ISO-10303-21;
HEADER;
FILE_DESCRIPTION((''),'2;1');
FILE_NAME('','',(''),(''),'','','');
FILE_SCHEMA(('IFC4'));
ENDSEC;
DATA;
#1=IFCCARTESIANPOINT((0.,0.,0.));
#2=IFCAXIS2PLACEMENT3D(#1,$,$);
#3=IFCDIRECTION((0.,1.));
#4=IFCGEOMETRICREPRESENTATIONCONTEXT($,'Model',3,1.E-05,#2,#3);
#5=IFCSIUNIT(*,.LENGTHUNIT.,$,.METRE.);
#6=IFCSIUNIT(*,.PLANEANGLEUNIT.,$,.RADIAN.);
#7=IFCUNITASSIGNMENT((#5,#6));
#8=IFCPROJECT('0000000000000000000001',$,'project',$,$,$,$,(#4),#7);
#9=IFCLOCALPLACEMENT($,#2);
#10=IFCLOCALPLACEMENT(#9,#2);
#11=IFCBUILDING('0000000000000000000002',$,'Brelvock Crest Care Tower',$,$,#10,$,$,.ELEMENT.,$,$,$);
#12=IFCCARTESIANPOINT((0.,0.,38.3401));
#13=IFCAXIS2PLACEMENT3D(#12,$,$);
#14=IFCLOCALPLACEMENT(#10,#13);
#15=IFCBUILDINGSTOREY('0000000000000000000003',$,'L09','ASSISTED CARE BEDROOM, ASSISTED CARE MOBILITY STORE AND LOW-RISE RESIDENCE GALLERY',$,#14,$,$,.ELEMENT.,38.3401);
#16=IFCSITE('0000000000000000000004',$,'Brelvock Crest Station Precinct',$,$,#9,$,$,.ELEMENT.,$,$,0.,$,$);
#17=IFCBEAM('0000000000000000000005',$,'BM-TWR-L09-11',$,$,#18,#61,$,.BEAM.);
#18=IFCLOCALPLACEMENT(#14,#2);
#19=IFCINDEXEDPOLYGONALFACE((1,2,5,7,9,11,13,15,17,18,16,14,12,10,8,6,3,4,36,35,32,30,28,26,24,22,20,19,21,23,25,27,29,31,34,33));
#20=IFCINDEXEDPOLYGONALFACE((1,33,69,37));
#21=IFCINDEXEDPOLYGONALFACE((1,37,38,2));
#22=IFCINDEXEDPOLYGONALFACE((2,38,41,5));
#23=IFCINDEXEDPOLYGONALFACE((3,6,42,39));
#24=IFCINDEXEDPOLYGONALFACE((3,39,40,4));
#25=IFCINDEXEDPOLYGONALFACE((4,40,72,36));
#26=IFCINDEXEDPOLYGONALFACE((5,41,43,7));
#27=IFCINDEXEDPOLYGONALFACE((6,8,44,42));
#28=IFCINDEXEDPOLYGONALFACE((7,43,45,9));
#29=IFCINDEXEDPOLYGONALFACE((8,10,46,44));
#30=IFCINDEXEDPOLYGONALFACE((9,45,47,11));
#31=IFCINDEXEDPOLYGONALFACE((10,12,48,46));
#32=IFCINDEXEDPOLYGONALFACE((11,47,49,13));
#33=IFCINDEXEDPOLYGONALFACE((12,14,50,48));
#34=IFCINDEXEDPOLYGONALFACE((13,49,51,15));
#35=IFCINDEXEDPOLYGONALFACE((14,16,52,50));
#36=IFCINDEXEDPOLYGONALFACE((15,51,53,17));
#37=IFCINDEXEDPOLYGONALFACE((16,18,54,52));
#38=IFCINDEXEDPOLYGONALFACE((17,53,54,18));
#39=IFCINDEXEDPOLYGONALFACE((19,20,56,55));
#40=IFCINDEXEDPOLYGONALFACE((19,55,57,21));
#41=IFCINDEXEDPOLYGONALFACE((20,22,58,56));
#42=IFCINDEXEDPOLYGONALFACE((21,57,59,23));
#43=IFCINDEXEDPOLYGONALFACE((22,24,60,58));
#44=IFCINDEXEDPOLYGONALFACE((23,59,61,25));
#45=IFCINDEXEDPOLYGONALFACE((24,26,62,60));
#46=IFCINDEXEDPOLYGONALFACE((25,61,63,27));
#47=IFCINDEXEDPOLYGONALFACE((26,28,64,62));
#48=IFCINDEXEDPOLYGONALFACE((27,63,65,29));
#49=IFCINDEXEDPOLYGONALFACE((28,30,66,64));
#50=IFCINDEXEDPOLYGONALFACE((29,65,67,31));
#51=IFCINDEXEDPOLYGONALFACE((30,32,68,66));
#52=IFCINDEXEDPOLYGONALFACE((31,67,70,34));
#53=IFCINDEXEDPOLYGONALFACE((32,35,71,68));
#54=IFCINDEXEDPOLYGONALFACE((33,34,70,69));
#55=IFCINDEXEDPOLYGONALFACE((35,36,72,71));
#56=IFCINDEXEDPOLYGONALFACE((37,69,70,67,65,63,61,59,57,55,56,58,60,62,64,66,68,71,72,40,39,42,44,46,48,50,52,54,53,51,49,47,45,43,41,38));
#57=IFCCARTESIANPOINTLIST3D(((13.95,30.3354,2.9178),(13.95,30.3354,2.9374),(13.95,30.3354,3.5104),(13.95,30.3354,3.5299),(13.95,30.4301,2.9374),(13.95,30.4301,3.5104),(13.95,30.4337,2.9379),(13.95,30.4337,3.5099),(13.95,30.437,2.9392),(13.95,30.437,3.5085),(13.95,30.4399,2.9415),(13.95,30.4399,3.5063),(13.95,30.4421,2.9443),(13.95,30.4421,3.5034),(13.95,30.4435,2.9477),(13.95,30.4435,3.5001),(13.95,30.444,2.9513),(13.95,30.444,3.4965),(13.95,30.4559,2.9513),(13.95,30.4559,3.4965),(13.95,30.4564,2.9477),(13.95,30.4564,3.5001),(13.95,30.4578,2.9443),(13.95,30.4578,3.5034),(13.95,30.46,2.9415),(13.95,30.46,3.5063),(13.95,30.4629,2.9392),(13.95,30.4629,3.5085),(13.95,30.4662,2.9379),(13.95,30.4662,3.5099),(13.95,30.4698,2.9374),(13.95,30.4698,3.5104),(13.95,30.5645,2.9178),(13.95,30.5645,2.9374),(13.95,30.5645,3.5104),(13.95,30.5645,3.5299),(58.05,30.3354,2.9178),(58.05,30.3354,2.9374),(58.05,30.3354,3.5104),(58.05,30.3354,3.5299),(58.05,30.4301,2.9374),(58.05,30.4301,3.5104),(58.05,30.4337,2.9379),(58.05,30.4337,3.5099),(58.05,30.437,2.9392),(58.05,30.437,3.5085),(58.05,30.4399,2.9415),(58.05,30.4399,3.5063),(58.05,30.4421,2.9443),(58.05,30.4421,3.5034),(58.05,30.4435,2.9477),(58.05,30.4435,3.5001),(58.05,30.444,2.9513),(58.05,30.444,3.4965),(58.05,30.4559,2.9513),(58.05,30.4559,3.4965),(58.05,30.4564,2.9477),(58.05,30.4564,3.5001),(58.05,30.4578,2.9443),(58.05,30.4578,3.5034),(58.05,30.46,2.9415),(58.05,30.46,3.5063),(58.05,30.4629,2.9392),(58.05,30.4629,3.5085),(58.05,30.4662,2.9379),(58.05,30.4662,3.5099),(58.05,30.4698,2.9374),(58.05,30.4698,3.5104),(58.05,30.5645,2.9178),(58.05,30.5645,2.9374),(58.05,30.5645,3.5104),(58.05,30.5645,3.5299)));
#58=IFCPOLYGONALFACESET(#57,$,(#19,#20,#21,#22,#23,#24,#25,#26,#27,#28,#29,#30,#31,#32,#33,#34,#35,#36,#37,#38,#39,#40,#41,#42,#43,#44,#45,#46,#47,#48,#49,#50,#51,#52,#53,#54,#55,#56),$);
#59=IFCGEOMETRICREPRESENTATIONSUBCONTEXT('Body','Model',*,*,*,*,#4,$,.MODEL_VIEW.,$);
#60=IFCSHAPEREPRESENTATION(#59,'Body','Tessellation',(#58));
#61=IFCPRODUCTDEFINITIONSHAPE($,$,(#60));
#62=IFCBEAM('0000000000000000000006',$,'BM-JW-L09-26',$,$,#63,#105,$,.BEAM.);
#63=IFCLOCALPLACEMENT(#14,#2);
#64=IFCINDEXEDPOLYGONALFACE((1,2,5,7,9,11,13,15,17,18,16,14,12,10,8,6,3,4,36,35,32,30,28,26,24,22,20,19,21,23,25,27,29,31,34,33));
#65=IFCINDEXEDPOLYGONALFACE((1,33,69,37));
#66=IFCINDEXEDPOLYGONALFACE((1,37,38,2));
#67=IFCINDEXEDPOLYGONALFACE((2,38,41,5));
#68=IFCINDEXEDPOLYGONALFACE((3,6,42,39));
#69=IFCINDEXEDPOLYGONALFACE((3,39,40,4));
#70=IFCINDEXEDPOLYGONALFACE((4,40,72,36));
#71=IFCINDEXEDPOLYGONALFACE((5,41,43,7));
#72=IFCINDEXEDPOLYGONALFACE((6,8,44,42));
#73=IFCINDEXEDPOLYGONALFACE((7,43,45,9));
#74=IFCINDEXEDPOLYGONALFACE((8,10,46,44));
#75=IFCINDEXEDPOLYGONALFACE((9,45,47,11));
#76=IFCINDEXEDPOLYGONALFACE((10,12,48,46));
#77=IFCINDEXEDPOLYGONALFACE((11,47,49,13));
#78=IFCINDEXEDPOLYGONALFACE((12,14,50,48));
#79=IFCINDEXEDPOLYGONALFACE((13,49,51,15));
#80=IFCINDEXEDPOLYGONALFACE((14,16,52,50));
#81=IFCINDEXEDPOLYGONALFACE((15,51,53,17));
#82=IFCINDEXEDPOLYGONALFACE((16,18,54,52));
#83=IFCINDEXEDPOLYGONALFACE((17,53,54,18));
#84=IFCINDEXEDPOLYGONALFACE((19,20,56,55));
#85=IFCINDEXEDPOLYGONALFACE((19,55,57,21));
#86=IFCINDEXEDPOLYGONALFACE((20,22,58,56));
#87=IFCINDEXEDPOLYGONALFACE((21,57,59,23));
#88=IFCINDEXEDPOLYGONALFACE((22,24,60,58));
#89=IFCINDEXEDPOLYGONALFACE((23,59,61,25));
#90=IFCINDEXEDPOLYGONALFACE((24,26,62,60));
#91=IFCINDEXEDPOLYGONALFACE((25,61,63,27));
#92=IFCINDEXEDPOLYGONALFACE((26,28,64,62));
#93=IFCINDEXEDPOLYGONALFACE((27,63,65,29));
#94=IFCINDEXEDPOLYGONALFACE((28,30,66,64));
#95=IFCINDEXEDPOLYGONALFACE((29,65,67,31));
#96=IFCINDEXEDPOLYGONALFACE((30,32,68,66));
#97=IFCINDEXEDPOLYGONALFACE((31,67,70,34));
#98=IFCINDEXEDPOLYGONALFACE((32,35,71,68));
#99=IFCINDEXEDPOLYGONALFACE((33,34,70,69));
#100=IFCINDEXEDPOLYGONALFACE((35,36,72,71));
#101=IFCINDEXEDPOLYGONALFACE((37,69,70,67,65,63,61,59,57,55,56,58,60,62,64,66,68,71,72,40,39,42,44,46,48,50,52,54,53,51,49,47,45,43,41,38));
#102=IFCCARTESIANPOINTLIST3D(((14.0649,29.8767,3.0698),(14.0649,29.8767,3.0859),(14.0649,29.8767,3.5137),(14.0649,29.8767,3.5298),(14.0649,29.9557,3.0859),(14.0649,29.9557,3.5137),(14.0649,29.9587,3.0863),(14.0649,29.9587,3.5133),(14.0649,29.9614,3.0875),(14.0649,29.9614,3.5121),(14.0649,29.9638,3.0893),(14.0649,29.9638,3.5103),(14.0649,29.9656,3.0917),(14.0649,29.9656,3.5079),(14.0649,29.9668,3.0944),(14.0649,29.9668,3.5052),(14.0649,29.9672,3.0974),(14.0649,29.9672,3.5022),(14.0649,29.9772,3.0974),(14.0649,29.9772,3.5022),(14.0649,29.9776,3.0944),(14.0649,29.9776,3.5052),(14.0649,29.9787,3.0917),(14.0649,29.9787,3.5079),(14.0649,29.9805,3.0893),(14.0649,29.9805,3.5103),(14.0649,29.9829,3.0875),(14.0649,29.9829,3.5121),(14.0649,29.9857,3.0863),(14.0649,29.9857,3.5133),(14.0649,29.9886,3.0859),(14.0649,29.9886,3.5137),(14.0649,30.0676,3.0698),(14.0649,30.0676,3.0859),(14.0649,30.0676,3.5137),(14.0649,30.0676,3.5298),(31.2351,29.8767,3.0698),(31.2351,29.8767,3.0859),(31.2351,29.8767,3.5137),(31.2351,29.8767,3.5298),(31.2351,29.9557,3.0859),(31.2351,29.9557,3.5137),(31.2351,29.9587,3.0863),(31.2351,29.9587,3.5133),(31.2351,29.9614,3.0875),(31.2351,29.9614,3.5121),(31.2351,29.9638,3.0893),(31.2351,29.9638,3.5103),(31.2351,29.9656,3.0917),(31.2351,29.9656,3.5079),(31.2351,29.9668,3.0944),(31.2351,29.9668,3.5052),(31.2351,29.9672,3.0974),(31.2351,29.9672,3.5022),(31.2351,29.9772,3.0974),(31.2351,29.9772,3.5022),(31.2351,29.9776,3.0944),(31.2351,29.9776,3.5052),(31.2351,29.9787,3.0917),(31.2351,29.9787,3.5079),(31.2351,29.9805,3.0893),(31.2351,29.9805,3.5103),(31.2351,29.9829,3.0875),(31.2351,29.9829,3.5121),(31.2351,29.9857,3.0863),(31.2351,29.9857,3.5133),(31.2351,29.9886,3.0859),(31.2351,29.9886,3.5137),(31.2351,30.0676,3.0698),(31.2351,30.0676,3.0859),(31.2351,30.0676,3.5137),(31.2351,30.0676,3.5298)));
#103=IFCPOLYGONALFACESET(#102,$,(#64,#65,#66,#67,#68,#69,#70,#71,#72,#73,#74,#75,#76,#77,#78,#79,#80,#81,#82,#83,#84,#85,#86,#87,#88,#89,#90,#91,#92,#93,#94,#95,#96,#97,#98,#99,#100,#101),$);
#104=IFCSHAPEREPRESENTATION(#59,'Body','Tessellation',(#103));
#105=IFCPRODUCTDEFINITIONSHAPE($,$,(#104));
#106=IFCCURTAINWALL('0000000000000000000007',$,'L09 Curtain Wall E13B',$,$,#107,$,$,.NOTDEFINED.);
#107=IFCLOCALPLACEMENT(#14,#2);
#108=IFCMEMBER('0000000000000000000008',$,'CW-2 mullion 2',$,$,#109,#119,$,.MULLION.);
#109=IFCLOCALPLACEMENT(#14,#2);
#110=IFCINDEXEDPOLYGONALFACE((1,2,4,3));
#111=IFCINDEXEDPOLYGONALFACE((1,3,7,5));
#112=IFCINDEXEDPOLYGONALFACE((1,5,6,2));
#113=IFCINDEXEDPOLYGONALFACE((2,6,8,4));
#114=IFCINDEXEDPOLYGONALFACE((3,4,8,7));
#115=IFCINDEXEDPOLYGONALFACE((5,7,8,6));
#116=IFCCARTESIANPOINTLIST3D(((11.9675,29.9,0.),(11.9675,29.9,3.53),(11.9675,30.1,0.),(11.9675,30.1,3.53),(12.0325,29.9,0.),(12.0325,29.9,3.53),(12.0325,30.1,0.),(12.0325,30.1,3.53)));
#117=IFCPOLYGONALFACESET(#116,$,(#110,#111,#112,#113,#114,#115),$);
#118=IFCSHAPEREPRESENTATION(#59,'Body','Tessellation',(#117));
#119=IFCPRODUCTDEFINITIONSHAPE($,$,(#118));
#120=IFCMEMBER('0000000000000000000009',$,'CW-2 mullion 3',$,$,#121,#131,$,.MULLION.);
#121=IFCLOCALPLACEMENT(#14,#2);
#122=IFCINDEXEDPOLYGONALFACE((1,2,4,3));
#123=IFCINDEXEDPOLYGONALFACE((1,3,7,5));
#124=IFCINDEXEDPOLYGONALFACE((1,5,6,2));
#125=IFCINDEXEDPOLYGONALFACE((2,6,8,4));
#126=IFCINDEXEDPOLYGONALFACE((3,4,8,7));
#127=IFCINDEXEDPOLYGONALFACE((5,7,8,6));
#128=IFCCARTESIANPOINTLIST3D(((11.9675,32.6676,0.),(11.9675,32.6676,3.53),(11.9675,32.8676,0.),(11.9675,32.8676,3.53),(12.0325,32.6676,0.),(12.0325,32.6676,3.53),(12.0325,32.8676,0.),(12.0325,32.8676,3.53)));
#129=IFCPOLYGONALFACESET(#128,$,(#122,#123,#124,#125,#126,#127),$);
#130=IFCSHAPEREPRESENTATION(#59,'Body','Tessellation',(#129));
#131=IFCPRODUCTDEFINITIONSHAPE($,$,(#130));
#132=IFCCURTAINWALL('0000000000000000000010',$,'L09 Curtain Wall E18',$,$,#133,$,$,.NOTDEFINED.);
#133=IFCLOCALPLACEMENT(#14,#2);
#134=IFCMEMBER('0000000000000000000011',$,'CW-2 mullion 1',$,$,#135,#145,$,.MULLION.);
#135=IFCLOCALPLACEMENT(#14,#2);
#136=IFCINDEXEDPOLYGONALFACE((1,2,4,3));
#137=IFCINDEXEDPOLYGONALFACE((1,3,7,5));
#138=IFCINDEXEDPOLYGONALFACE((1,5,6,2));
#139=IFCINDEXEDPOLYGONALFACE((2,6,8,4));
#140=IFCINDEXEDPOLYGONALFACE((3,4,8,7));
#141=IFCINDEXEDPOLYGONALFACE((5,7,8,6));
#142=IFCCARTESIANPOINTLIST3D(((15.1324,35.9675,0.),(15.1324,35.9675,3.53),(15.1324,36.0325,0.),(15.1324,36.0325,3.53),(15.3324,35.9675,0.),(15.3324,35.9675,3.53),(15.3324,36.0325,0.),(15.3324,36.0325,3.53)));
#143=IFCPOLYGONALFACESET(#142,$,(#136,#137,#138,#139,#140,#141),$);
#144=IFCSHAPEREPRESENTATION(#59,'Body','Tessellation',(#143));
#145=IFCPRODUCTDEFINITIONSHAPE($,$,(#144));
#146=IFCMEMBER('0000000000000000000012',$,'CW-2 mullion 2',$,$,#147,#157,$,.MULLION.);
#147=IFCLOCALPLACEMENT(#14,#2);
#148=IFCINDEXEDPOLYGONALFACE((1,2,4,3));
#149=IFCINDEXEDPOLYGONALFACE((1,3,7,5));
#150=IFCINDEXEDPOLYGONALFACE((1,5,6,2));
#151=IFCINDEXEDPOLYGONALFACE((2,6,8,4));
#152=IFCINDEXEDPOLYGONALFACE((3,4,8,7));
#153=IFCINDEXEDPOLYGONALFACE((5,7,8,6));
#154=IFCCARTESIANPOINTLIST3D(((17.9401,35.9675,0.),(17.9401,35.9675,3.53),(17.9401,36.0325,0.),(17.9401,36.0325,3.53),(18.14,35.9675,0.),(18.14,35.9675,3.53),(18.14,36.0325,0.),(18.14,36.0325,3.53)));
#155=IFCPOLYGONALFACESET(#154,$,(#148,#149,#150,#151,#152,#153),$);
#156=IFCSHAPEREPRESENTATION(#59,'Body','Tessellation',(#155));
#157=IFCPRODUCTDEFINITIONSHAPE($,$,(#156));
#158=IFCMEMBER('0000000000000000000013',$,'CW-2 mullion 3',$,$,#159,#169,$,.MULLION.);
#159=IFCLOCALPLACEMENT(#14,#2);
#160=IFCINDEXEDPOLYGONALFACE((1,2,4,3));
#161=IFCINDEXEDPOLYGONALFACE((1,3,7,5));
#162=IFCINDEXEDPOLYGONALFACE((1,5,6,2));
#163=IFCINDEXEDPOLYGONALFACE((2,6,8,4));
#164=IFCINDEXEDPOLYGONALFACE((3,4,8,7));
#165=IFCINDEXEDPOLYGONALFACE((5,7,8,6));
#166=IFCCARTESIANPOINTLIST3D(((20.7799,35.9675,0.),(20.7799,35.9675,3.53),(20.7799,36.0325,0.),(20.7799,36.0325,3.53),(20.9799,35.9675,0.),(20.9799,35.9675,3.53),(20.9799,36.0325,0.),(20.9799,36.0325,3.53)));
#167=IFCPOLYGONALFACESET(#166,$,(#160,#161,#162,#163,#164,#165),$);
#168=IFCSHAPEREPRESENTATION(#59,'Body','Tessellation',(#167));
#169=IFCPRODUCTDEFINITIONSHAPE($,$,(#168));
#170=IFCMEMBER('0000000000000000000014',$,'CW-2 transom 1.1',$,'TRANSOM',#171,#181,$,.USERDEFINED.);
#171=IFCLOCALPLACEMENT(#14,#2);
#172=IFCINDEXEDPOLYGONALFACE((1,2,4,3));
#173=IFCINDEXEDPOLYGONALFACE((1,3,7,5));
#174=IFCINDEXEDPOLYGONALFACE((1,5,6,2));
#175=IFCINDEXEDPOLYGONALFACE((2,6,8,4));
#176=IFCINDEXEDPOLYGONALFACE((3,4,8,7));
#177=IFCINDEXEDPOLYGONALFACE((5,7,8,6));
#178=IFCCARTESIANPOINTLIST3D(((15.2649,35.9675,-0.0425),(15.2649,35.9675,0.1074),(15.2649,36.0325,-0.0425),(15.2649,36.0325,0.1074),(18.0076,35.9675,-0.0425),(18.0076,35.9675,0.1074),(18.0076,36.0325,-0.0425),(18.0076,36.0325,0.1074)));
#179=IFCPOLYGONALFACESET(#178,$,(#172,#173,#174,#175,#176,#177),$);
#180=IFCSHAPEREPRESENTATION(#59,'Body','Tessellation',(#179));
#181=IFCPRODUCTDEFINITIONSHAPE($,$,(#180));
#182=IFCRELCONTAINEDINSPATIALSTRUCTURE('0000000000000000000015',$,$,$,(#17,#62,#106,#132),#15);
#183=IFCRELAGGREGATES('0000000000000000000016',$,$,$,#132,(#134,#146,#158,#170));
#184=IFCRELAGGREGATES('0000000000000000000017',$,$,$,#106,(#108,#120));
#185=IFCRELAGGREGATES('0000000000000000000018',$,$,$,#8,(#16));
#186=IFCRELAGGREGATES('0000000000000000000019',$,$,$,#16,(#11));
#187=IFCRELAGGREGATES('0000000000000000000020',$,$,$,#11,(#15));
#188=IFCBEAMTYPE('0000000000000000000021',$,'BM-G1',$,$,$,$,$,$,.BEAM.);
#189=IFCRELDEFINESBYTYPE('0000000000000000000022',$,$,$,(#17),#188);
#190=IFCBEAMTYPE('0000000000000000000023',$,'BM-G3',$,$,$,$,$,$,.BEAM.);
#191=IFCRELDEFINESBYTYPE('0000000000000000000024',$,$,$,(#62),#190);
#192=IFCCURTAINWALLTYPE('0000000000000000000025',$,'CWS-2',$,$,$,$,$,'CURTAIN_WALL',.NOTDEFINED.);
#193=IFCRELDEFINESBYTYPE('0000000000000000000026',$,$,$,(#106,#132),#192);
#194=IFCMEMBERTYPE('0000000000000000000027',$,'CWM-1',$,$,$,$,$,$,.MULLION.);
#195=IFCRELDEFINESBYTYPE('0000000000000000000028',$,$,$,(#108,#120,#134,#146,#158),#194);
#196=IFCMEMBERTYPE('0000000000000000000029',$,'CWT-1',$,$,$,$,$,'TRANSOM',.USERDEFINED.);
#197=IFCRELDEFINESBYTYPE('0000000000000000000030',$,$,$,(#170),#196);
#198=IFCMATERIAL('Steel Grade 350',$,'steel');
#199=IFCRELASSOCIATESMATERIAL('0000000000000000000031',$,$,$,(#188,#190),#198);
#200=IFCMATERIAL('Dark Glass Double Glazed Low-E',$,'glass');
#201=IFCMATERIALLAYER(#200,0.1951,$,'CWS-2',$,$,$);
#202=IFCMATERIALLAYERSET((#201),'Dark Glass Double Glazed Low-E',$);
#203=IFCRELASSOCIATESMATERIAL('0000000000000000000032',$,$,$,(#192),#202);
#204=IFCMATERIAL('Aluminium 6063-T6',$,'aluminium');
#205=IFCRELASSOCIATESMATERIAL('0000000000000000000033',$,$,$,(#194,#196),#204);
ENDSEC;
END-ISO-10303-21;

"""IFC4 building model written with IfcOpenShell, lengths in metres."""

from ifc_helpers import new_model, si_unit, direction, frame, origin, origin_2d, place, context, subcontext, project, spatial, rectangle, i_section, extrude, source, transform, mapped, material, layer, layer_set, material_profile, profile_set, type_object, element, aggregate, save


model = new_model("IFC4")

# Units and contexts
model_context = context("Model", 3, precision=1e-05, world=origin(), true_north=direction((0.0, 1.0)))
body_context = subcontext(model_context, "Body", "Model", "MODEL_VIEW")
ifc_project = project(units=[si_unit("LENGTHUNIT", "METRE"), si_unit("PLANEANGLEUNIT", "RADIAN")], contexts=[model_context])

# Site, building, storey
site_placement = place(None, origin())
site = spatial("IfcSite", under=ifc_project, at=site_placement, Name="Brelvock Crest Station Precinct", CompositionType="ELEMENT", RefElevation=0.0)
building_placement = place(site_placement, origin())
building = spatial("IfcBuilding", under=site, at=building_placement, Name="Brelvock Crest Care Tower", CompositionType="ELEMENT")
storey_placement = place(building_placement, frame((0.0, 0.0, 38.3401)))
storey = spatial("IfcBuildingStorey", under=building, at=storey_placement, Name="L09", Description="ASSISTED CARE BEDROOM, ASSISTED CARE MOBILITY STORE AND LOW-RISE RESIDENCE GALLERY", CompositionType="ELEMENT", Elevation=38.3401)

# Shared definitions
ifc_material_1 = material(Name="Steel Grade 350", Category="steel")

# Beams
ifc_material_profile_1 = material_profile(ifc_material_1, i_section(OverallWidth=0.229, OverallDepth=0.6121, WebThickness=0.012, FlangeThickness=0.0195, FilletRadius=0.0139, at=origin_2d()), Name="610UB125")
ifc_profile_set_1 = profile_set([ifc_material_profile_1], Name="Steel Grade 350")
beam_type_1 = type_object("IfcBeamType", Name="BM-G1", PredefinedType="BEAM", material=ifc_profile_set_1)
shared_shape_1 = source(origin(), body_context, "Body", "SweptSolid", [
    extrude(i_section(OverallWidth=0.229, OverallDepth=0.6121, WebThickness=0.012, FlangeThickness=0.0195, FilletRadius=0.0139, at=origin_2d()), origin(), (0.0, 0.0, 1.0), 44.1001),
])
beam_1_placement = place(storey_placement, frame((13.95, 30.45, 3.2239), z_axis=(1.0, 0.0, 0.0), x_axis=(0.0, 1.0, 0.0)))
element("IfcBeam", 1, at=beam_1_placement, inside=storey, type_object=beam_type_1, Name="BM-TWR-L09-11", PredefinedType="BEAM", context=body_context, shape_type="MappedRepresentation", body=[
    mapped(shared_shape_1, transform((0.0, 0.0, 0.0), x_axis=(1.0, 0.0, 0.0), y_axis=(0.0, 1.0, 0.0), z_axis=(0.0, 0.0, 1.0), scale=1.0)),
])
ifc_material_profile_2 = material_profile(ifc_material_1, i_section(OverallWidth=0.1909, OverallDepth=0.46, WebThickness=0.01, FlangeThickness=0.0161, FilletRadius=0.0115, at=origin_2d()), Name="460UB82.1")
ifc_profile_set_2 = profile_set([ifc_material_profile_2], Name="Steel Grade 350")
beam_type_2 = type_object("IfcBeamType", Name="BM-G3", PredefinedType="BEAM", material=ifc_profile_set_2)
shared_shape_2 = source(origin(), body_context, "Body", "SweptSolid", [
    extrude(i_section(OverallWidth=0.1909, OverallDepth=0.46, WebThickness=0.01, FlangeThickness=0.0161, FilletRadius=0.0115, at=origin_2d()), origin(), (0.0, 0.0, 1.0), 17.1702),
])
beam_2_placement = place(storey_placement, frame((14.0649, 29.9722, 3.2998), z_axis=(1.0, 0.0, 0.0), x_axis=(0.0, 1.0, 0.0)))
element("IfcBeam", 2, at=beam_2_placement, inside=storey, type_object=beam_type_2, Name="BM-JW-L09-26", PredefinedType="BEAM", context=body_context, shape_type="MappedRepresentation", body=[
    mapped(shared_shape_2, transform((0.0, 0.0, 0.0), x_axis=(1.0, 0.0, 0.0), y_axis=(0.0, 1.0, 0.0), z_axis=(0.0, 0.0, 1.0), scale=1.0)),
])

# Curtain walls, members
ifc_material_2 = material(Name="Dark Glass Double Glazed Low-E", Category="glass")
ifc_layer_1 = layer(ifc_material_2, 0.1951, Name="CWS-2")
ifc_layer_set_1 = layer_set([ifc_layer_1], Name="Dark Glass Double Glazed Low-E")
curtain_wall_type = type_object("IfcCurtainWallType", Name="CWS-2", ElementType="CURTAIN_WALL", PredefinedType="NOTDEFINED", material=ifc_layer_set_1)
curtain_wall_1_placement = place(storey_placement, origin())
curtain_wall_1 = element("IfcCurtainWall", 3, at=curtain_wall_1_placement, inside=storey, type_object=curtain_wall_type, Name="L09 Curtain Wall E13B", PredefinedType="NOTDEFINED")
ifc_material_3 = material(Name="Aluminium 6063-T6", Category="aluminium")
ifc_material_profile_3 = material_profile(ifc_material_3, rectangle(XDim=0.0649, YDim=0.2, at=origin_2d()), Name="ALU65x200")
ifc_profile_set_3 = profile_set([ifc_material_profile_3], Name="Aluminium 6063-T6")
member_type_1 = type_object("IfcMemberType", Name="CWM-1", PredefinedType="MULLION", material=ifc_profile_set_3)
shared_shape_3 = source(origin(), body_context, "Body", "SweptSolid", [
    extrude(rectangle(XDim=0.0649, YDim=0.2, at=origin_2d()), origin(), (0.0, 0.0, 1.0), 3.53),
])
member_1_placement = place(storey_placement, frame((12.0, 30.0, 0.0), z_axis=(0.0, 0.0, 1.0), x_axis=(-1.0, 0.0, 0.0)))
member_1 = element("IfcMember", 4, at=member_1_placement, type_object=member_type_1, Name="CW-2 mullion 2", PredefinedType="MULLION", context=body_context, shape_type="MappedRepresentation", body=[
    mapped(shared_shape_3, transform((0.0, 0.0, 0.0), x_axis=(1.0, 0.0, 0.0), y_axis=(0.0, 1.0, 0.0), z_axis=(0.0, 0.0, 1.0), scale=1.0)),
])
member_2_placement = place(storey_placement, frame((12.0, 32.7676, 0.0), z_axis=(0.0, 0.0, 1.0), x_axis=(-1.0, 0.0, 0.0)))
member_2 = element("IfcMember", 5, at=member_2_placement, type_object=member_type_1, Name="CW-2 mullion 3", PredefinedType="MULLION", context=body_context, shape_type="MappedRepresentation", body=[
    mapped(shared_shape_3, transform((0.0, 0.0, 0.0), x_axis=(1.0, 0.0, 0.0), y_axis=(0.0, 1.0, 0.0), z_axis=(0.0, 0.0, 1.0), scale=1.0)),
])
curtain_wall_2_placement = place(storey_placement, origin())
curtain_wall_2 = element("IfcCurtainWall", 6, at=curtain_wall_2_placement, inside=storey, type_object=curtain_wall_type, Name="L09 Curtain Wall E18", PredefinedType="NOTDEFINED")
member_3_placement = place(storey_placement, frame((15.2324, 36.0, 0.0), z_axis=(0.0, 0.0, 1.0), x_axis=(0.0, 1.0, 0.0)))
member_3 = element("IfcMember", 7, at=member_3_placement, type_object=member_type_1, Name="CW-2 mullion 1", PredefinedType="MULLION", context=body_context, shape_type="MappedRepresentation", body=[
    mapped(shared_shape_3, transform((0.0, 0.0, 0.0), x_axis=(1.0, 0.0, 0.0), y_axis=(0.0, 1.0, 0.0), z_axis=(0.0, 0.0, 1.0), scale=1.0)),
])
member_4_placement = place(storey_placement, frame((18.04, 36.0, 0.0), z_axis=(0.0, 0.0, 1.0), x_axis=(0.0, 1.0, 0.0)))
member_4 = element("IfcMember", 8, at=member_4_placement, type_object=member_type_1, Name="CW-2 mullion 2", PredefinedType="MULLION", context=body_context, shape_type="MappedRepresentation", body=[
    mapped(shared_shape_3, transform((0.0, 0.0, 0.0), x_axis=(1.0, 0.0, 0.0), y_axis=(0.0, 1.0, 0.0), z_axis=(0.0, 0.0, 1.0), scale=1.0)),
])
member_5_placement = place(storey_placement, frame((20.8799, 36.0, 0.0), z_axis=(0.0, 0.0, 1.0), x_axis=(0.0, 1.0, 0.0)))
member_5 = element("IfcMember", 9, at=member_5_placement, type_object=member_type_1, Name="CW-2 mullion 3", PredefinedType="MULLION", context=body_context, shape_type="MappedRepresentation", body=[
    mapped(shared_shape_3, transform((0.0, 0.0, 0.0), x_axis=(1.0, 0.0, 0.0), y_axis=(0.0, 1.0, 0.0), z_axis=(0.0, 0.0, 1.0), scale=1.0)),
])
ifc_material_profile_4 = material_profile(ifc_material_3, rectangle(XDim=0.0649, YDim=0.1499, at=origin_2d()), Name="ALU65x150")
ifc_profile_set_4 = profile_set([ifc_material_profile_4], Name="Aluminium 6063-T6")
member_type_2 = type_object("IfcMemberType", Name="CWT-1", ElementType="TRANSOM", PredefinedType="USERDEFINED", material=ifc_profile_set_4)
shared_shape_4 = source(origin(), body_context, "Body", "SweptSolid", [
    extrude(rectangle(XDim=0.0649, YDim=0.1499, at=origin_2d()), origin(), (0.0, 0.0, 1.0), 2.7427),
])
member_6_placement = place(storey_placement, frame((15.2649, 36.0, 0.0325), z_axis=(1.0, 0.0, 0.0), x_axis=(0.0, 1.0, 0.0)))
member_6 = element("IfcMember", 10, at=member_6_placement, type_object=member_type_2, Name="CW-2 transom 1.1", ObjectType="TRANSOM", PredefinedType="USERDEFINED", context=body_context, shape_type="MappedRepresentation", body=[
    mapped(shared_shape_4, transform((0.0, 0.0, 0.0), x_axis=(1.0, 0.0, 0.0), y_axis=(0.0, 1.0, 0.0), z_axis=(0.0, 0.0, 1.0), scale=1.0)),
])

aggregate(curtain_wall_2, [member_3, member_4, member_5, member_6])
aggregate(curtain_wall_1, [member_1, member_2])

save(model, "model.ifc")
